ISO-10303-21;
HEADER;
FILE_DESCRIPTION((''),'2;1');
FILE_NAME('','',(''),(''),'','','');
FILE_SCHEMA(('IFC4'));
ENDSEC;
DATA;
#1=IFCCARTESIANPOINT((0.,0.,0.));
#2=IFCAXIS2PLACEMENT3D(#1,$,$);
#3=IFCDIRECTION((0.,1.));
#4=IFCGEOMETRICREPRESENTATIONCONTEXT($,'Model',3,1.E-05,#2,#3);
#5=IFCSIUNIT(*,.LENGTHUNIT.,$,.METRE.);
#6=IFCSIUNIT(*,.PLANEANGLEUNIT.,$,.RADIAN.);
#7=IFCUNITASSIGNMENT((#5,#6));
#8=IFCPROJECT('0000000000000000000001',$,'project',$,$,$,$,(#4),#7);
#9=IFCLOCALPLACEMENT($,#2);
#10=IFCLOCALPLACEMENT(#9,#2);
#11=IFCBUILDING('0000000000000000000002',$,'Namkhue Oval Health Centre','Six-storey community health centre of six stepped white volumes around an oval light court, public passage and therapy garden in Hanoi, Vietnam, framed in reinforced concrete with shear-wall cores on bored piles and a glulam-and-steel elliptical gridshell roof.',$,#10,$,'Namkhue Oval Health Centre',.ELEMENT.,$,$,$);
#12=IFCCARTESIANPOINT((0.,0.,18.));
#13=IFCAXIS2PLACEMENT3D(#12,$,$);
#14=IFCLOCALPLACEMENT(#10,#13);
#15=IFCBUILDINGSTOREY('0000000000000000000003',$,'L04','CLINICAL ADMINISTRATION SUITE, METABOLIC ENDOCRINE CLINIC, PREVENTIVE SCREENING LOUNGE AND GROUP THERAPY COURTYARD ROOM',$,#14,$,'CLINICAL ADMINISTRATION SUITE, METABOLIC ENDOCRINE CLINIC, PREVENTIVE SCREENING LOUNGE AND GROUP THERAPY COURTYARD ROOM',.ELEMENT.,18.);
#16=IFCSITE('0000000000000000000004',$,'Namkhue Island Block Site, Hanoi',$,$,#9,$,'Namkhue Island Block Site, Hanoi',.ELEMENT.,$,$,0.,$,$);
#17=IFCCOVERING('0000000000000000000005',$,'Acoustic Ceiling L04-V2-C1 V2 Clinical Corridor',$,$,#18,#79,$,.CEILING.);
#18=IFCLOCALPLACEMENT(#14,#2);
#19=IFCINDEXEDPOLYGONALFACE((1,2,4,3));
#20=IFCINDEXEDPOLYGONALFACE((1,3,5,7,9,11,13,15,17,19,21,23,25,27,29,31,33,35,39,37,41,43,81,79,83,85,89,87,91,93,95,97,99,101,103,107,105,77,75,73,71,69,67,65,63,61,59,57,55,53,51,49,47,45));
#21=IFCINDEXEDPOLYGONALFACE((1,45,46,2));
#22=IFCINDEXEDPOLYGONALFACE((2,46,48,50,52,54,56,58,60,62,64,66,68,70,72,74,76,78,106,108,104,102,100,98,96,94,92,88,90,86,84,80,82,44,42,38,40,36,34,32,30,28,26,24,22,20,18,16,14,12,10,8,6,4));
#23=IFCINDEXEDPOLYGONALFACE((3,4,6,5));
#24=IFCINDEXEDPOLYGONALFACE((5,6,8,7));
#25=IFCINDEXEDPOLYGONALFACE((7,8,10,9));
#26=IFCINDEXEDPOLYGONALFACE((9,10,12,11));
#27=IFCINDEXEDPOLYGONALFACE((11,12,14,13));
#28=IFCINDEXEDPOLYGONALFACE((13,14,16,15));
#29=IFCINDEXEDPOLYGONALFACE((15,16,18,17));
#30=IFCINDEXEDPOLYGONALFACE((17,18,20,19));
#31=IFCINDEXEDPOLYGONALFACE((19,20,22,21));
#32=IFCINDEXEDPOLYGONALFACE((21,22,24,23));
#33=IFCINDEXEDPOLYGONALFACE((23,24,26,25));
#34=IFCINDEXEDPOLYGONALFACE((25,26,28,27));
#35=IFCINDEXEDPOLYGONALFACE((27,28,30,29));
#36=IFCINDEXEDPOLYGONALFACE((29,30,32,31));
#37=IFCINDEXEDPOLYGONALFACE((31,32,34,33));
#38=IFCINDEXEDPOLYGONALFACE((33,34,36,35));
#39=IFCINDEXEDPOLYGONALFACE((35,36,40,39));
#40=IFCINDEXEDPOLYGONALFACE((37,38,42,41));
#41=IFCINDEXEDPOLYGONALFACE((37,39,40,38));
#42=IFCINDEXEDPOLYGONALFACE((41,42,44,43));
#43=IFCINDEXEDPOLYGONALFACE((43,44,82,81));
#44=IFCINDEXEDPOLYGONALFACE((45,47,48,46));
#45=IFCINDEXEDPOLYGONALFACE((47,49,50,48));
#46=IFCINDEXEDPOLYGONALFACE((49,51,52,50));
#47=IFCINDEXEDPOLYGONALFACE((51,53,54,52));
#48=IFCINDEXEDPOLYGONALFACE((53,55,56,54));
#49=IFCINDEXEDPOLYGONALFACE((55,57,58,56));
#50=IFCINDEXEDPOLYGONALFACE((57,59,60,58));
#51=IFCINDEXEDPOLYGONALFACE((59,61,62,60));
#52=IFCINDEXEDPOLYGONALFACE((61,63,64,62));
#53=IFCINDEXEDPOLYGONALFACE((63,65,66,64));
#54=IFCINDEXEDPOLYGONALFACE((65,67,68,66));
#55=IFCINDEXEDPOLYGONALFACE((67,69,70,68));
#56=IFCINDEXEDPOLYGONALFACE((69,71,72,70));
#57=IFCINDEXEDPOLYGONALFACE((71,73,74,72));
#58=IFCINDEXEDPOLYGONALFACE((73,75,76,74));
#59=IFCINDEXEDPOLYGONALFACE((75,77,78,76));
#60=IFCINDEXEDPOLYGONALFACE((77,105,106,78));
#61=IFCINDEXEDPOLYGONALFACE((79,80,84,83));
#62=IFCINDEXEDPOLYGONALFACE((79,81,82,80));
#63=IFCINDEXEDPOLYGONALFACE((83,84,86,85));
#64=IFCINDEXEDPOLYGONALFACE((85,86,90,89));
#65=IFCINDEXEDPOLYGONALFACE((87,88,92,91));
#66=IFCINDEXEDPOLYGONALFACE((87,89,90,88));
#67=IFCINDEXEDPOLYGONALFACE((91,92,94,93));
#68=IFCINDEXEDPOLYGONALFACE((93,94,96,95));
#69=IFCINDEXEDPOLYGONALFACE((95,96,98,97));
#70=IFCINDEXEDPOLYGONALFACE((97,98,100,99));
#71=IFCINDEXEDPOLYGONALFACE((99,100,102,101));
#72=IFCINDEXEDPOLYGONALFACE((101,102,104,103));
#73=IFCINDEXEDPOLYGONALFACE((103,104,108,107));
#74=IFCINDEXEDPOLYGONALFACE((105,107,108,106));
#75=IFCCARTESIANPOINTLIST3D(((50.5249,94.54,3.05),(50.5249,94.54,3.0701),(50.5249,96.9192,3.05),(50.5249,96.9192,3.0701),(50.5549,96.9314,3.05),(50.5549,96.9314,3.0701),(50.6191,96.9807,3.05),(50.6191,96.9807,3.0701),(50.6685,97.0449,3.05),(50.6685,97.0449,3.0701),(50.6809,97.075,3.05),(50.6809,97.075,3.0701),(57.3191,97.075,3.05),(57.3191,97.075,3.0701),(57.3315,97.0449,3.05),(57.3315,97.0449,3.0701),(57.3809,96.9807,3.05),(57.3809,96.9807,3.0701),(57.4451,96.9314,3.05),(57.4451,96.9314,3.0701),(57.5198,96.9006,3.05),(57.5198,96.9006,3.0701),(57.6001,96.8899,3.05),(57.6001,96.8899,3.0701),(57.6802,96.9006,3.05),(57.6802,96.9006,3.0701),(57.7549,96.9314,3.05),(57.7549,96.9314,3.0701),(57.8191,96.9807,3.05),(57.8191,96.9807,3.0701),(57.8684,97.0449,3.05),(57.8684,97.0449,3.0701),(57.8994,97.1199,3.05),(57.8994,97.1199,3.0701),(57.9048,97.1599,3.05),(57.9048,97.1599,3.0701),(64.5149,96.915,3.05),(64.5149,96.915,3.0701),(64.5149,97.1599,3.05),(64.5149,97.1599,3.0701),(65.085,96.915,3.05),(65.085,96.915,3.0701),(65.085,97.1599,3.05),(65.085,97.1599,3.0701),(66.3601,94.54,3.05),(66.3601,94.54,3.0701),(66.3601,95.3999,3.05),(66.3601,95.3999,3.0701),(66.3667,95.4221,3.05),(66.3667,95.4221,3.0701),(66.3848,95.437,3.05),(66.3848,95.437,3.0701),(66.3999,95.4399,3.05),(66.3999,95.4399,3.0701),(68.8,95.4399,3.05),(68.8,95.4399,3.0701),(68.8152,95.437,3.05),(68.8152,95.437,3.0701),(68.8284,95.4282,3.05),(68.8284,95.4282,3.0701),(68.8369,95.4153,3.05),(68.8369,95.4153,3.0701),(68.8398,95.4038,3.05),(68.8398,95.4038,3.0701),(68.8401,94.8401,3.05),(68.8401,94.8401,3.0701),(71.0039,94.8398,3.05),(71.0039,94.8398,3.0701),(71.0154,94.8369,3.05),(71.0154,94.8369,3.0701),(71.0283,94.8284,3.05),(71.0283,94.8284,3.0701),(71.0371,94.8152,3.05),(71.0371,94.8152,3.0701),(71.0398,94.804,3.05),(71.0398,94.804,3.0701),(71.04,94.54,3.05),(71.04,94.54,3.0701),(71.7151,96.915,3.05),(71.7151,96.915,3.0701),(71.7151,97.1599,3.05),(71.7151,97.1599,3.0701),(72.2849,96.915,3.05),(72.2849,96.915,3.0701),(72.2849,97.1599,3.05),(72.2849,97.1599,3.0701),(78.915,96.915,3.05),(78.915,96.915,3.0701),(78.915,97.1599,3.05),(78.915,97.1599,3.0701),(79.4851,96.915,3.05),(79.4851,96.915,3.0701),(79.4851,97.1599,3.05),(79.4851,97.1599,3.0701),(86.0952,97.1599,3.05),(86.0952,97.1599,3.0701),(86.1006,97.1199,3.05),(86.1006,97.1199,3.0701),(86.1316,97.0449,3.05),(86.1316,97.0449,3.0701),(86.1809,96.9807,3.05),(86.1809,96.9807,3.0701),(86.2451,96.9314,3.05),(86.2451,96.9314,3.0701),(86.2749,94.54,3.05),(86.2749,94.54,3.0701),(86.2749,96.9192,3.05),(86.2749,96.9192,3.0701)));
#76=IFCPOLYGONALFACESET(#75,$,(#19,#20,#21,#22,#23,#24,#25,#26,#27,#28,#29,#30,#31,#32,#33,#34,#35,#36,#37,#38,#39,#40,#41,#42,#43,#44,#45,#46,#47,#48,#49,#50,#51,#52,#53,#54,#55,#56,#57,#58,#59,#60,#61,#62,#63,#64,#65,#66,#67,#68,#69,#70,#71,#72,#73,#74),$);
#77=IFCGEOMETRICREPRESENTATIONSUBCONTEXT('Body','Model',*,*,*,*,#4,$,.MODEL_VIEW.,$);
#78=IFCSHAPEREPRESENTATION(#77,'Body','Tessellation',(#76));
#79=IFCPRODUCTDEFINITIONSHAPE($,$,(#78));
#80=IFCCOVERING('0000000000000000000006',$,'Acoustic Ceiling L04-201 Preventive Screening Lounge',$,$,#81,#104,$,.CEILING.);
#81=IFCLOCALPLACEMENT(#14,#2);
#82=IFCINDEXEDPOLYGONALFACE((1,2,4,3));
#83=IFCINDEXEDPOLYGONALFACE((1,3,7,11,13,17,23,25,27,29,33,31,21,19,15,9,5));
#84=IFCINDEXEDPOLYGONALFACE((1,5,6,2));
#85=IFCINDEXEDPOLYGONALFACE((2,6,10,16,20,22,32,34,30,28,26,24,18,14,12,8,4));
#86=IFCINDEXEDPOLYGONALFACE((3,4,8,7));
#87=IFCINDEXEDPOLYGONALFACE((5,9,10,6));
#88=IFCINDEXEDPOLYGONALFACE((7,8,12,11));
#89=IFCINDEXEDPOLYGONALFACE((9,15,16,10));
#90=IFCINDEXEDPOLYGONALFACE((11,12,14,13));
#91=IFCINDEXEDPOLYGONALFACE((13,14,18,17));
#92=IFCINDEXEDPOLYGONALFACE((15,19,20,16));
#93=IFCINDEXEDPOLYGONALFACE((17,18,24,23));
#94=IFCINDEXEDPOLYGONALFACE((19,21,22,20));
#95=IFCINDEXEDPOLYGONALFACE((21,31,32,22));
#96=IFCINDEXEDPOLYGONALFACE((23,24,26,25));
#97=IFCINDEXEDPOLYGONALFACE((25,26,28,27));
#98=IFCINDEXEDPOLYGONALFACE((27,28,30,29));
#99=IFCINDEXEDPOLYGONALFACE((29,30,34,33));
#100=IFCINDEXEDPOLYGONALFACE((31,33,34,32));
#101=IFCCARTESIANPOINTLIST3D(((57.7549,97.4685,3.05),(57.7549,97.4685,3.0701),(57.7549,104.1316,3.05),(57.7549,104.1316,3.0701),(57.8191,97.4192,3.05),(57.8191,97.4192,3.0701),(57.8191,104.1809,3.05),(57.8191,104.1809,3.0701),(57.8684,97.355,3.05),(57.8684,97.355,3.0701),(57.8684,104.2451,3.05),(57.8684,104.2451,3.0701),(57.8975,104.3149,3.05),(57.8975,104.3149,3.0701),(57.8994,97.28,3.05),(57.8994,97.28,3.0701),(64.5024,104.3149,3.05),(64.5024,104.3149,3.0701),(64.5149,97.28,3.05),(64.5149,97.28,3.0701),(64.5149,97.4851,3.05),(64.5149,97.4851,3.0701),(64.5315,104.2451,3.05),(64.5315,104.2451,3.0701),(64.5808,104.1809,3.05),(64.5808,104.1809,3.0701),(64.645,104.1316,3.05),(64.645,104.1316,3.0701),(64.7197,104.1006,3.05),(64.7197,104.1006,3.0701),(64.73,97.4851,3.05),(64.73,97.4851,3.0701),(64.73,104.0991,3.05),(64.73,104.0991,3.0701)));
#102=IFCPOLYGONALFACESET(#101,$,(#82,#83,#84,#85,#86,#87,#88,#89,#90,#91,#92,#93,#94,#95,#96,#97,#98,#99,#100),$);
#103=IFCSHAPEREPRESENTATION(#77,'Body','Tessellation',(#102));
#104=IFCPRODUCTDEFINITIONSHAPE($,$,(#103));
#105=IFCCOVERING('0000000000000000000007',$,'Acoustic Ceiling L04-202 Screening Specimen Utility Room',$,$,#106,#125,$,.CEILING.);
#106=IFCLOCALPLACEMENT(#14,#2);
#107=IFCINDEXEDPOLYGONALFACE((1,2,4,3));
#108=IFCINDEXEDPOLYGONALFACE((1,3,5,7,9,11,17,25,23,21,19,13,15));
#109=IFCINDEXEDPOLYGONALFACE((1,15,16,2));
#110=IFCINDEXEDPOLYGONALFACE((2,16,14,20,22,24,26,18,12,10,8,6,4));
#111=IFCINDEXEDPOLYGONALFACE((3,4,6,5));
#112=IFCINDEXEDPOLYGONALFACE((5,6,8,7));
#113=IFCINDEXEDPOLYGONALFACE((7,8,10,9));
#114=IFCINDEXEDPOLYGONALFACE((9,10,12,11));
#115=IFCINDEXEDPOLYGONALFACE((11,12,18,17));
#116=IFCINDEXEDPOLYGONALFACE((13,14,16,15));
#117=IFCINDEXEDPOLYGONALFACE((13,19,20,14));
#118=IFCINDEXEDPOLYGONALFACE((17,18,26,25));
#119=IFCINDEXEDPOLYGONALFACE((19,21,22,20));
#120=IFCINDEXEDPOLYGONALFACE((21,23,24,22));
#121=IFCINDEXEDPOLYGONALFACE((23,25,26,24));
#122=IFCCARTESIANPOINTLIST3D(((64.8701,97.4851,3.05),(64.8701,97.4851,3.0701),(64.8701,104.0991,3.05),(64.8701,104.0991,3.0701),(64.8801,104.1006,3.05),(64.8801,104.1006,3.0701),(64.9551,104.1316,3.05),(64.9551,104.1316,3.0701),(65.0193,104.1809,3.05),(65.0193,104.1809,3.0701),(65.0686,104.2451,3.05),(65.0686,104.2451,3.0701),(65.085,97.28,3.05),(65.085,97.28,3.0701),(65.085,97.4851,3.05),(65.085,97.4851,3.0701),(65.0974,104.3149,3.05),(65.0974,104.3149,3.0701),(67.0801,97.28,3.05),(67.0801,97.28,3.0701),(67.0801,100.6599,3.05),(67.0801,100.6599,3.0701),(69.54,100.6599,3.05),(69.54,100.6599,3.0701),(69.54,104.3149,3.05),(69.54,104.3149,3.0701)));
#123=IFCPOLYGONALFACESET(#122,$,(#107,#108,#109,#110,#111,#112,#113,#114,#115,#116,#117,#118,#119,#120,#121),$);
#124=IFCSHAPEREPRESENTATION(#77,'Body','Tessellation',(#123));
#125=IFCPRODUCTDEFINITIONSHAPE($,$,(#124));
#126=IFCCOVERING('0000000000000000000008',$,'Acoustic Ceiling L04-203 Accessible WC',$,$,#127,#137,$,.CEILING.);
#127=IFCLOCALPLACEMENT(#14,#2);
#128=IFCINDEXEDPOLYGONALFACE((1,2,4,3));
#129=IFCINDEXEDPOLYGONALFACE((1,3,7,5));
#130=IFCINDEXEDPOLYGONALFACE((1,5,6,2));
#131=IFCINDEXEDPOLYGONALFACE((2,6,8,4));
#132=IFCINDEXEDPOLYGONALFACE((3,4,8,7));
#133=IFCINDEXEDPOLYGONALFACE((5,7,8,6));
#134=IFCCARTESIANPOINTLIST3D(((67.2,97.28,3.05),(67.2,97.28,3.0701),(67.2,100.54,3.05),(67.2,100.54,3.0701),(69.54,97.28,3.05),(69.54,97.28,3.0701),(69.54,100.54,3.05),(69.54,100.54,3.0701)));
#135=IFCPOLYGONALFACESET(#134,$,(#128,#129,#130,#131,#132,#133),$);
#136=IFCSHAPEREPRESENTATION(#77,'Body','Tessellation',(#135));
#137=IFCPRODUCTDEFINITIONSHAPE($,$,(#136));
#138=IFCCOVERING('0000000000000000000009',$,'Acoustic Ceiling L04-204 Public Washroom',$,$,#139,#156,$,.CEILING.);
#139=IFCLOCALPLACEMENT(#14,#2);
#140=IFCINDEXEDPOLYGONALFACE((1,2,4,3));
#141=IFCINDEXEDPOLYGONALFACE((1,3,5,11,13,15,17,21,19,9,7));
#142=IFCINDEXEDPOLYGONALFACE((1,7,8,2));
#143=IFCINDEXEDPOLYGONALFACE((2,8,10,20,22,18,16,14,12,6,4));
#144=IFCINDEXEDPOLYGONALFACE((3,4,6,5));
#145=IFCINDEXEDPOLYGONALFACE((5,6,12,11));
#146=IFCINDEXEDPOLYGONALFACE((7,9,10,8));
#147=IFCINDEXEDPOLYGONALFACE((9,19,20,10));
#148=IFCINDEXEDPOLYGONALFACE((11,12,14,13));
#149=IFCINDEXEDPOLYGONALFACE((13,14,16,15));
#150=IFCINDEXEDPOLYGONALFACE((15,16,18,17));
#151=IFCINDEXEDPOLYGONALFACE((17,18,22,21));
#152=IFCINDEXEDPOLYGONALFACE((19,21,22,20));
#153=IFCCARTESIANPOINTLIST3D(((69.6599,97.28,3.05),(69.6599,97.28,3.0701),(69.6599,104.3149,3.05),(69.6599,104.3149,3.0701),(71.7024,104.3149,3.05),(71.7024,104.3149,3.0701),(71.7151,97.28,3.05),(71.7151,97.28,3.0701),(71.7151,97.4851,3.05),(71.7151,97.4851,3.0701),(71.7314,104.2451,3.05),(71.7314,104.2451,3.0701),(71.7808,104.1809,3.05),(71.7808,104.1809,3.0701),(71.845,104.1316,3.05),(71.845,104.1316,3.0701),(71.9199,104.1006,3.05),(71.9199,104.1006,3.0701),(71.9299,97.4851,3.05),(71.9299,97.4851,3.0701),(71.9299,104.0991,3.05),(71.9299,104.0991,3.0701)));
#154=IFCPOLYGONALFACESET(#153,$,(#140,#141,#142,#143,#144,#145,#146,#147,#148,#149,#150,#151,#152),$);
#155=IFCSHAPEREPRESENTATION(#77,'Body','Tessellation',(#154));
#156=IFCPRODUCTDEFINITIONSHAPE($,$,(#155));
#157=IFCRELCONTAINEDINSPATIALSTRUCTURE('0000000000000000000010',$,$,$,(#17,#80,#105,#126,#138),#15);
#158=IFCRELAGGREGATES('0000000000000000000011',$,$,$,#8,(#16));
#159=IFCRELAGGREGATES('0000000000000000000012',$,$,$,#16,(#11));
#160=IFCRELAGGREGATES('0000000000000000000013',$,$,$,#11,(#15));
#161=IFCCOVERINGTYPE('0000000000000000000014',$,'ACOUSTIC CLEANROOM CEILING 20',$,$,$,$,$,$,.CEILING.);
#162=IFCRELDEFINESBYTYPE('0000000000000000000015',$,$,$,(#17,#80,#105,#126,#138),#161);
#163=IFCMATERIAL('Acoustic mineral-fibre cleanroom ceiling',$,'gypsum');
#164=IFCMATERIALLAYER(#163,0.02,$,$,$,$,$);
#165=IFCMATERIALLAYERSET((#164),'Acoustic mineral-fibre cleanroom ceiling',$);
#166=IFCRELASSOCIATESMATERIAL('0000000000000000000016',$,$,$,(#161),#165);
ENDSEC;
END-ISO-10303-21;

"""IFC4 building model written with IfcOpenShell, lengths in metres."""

from ifc_helpers import new_model, si_unit, direction, frame, origin, place, context, subcontext, project, spatial, polyline, outline, extrude, material, layer, layer_set, type_object, element, save


model = new_model("IFC4")

# Units and contexts
model_context = context("Model", 3, precision=1e-05, world=origin(), true_north=direction((0.0, 1.0)))
body_context = subcontext(model_context, "Body", "Model", "MODEL_VIEW")
ifc_project = project(units=[si_unit("LENGTHUNIT", "METRE"), si_unit("PLANEANGLEUNIT", "RADIAN")], contexts=[model_context])

# Site, building, storey
site_placement = place(None, origin())
site = spatial("IfcSite", under=ifc_project, at=site_placement, Name="Namkhue Island Block Site, Hanoi", LongName="Namkhue Island Block Site, Hanoi", CompositionType="ELEMENT", RefElevation=0.0)
building_placement = place(site_placement, origin())
building = spatial("IfcBuilding", under=site, at=building_placement, Name="Namkhue Oval Health Centre", Description="Six-storey community health centre of six stepped white volumes around an oval light court, public passage and therapy garden in Hanoi, Vietnam, framed in reinforced concrete with shear-wall cores on bored piles and a glulam-and-steel elliptical gridshell roof.", LongName="Namkhue Oval Health Centre", CompositionType="ELEMENT")
storey_placement = place(building_placement, frame((0.0, 0.0, 18.0)))
storey = spatial("IfcBuildingStorey", under=building, at=storey_placement, Name="L04", Description="CLINICAL ADMINISTRATION SUITE, METABOLIC ENDOCRINE CLINIC, PREVENTIVE SCREENING LOUNGE AND GROUP THERAPY COURTYARD ROOM", LongName="CLINICAL ADMINISTRATION SUITE, METABOLIC ENDOCRINE CLINIC, PREVENTIVE SCREENING LOUNGE AND GROUP THERAPY COURTYARD ROOM", CompositionType="ELEMENT", Elevation=18.0)

# Coverings
ifc_material_1 = material(Name="Acoustic mineral-fibre cleanroom ceiling", Category="gypsum")
ifc_layer_1 = layer(ifc_material_1, 0.02)
ifc_layer_set_1 = layer_set([ifc_layer_1], Name="Acoustic mineral-fibre cleanroom ceiling")
covering_type_1 = type_object("IfcCoveringType", Name="ACOUSTIC CLEANROOM CEILING 20", PredefinedType="CEILING", material=ifc_layer_set_1)
covering_1_placement = place(storey_placement, frame((0.0, 0.0, 3.05)))
element("IfcCovering", 1, at=covering_1_placement, inside=storey, type_object=covering_type_1, Name="Acoustic Ceiling L04-V2-C1 V2 Clinical Corridor", PredefinedType="CEILING", context=body_context, shape_type="SweptSolid", body=[
    extrude(outline(polyline([(64.5149, 97.1599), (64.5149, 96.915), (65.085, 96.915), (65.085, 97.1599), (71.7151, 97.1599), (71.7151, 96.915), (72.2849, 96.915), (72.2849, 97.1599), (78.915, 97.1599), (78.915, 96.915), (79.4851, 96.915), (79.4851, 97.1599), (86.0952, 97.1599), (86.1006, 97.1199), (86.1316, 97.0449), (86.1809, 96.9807), (86.2451, 96.9314), (86.2749, 96.9192), (86.2749, 94.54), (71.04, 94.54), (71.0398, 94.804), (71.0371, 94.8152), (71.0283, 94.8284), (71.0154, 94.8369), (71.0039, 94.8398), (68.8401, 94.8401), (68.8398, 95.4038), (68.8369, 95.4153), (68.8284, 95.4282), (68.8152, 95.437), (68.8, 95.4399), (66.3999, 95.4399), (66.3848, 95.437), (66.3667, 95.4221), (66.3601, 95.3999), (66.3601, 94.54), (50.5249, 94.54), (50.5249, 96.9192), (50.5549, 96.9314), (50.6191, 96.9807), (50.6685, 97.0449), (50.6809, 97.075), (57.3191, 97.075), (57.3315, 97.0449), (57.3809, 96.9807), (57.4451, 96.9314), (57.5198, 96.9006), (57.6001, 96.8899), (57.6802, 96.9006), (57.7549, 96.9314), (57.8191, 96.9807), (57.8684, 97.0449), (57.8994, 97.1199), (57.9048, 97.1599), (64.5149, 97.1599)])), origin(), (0.0, 0.0, 1.0), 0.02),
])
covering_2_placement = place(storey_placement, frame((0.0, 0.0, 3.05)))
element("IfcCovering", 2, at=covering_2_placement, inside=storey, type_object=covering_type_1, Name="Acoustic Ceiling L04-201 Preventive Screening Lounge", PredefinedType="CEILING", context=body_context, shape_type="SweptSolid", body=[
    extrude(outline(polyline([(57.8994, 97.28), (57.8684, 97.355), (57.8191, 97.4192), (57.7549, 97.4685), (57.7549, 104.1316), (57.8191, 104.1809), (57.8684, 104.2451), (57.8975, 104.3149), (64.5024, 104.3149), (64.5315, 104.2451), (64.5808, 104.1809), (64.645, 104.1316), (64.7197, 104.1006), (64.73, 104.0991), (64.73, 97.4851), (64.5149, 97.4851), (64.5149, 97.28), (57.8994, 97.28)])), origin(), (0.0, 0.0, 1.0), 0.02),
])
covering_3_placement = place(storey_placement, frame((0.0, 0.0, 3.05)))
element("IfcCovering", 3, at=covering_3_placement, inside=storey, type_object=covering_type_1, Name="Acoustic Ceiling L04-202 Screening Specimen Utility Room", PredefinedType="CEILING", context=body_context, shape_type="SweptSolid", body=[
    extrude(outline(polyline([(69.54, 104.3149), (69.54, 100.6599), (67.0801, 100.6599), (67.0801, 97.28), (65.085, 97.28), (65.085, 97.4851), (64.8701, 97.4851), (64.8701, 104.0991), (64.8801, 104.1006), (64.9551, 104.1316), (65.0193, 104.1809), (65.0686, 104.2451), (65.0974, 104.3149), (69.54, 104.3149)])), origin(), (0.0, 0.0, 1.0), 0.02),
])
covering_4_placement = place(storey_placement, frame((0.0, 0.0, 3.05)))
element("IfcCovering", 4, at=covering_4_placement, inside=storey, type_object=covering_type_1, Name="Acoustic Ceiling L04-203 Accessible WC", PredefinedType="CEILING", context=body_context, shape_type="SweptSolid", body=[
    extrude(outline(polyline([(69.54, 100.54), (69.54, 97.28), (67.2, 97.28), (67.2, 100.54), (69.54, 100.54)])), origin(), (0.0, 0.0, 1.0), 0.02),
])
covering_5_placement = place(storey_placement, frame((0.0, 0.0, 3.05)))
element("IfcCovering", 5, at=covering_5_placement, inside=storey, type_object=covering_type_1, Name="Acoustic Ceiling L04-204 Public Washroom", PredefinedType="CEILING", context=body_context, shape_type="SweptSolid", body=[
    extrude(outline(polyline([(69.6599, 97.28), (69.6599, 104.3149), (71.7024, 104.3149), (71.7314, 104.2451), (71.7808, 104.1809), (71.845, 104.1316), (71.9199, 104.1006), (71.9299, 104.0991), (71.9299, 97.4851), (71.7151, 97.4851), (71.7151, 97.28), (69.6599, 97.28)])), origin(), (0.0, 0.0, 1.0), 0.02),
])

save(model, "model.ifc")
